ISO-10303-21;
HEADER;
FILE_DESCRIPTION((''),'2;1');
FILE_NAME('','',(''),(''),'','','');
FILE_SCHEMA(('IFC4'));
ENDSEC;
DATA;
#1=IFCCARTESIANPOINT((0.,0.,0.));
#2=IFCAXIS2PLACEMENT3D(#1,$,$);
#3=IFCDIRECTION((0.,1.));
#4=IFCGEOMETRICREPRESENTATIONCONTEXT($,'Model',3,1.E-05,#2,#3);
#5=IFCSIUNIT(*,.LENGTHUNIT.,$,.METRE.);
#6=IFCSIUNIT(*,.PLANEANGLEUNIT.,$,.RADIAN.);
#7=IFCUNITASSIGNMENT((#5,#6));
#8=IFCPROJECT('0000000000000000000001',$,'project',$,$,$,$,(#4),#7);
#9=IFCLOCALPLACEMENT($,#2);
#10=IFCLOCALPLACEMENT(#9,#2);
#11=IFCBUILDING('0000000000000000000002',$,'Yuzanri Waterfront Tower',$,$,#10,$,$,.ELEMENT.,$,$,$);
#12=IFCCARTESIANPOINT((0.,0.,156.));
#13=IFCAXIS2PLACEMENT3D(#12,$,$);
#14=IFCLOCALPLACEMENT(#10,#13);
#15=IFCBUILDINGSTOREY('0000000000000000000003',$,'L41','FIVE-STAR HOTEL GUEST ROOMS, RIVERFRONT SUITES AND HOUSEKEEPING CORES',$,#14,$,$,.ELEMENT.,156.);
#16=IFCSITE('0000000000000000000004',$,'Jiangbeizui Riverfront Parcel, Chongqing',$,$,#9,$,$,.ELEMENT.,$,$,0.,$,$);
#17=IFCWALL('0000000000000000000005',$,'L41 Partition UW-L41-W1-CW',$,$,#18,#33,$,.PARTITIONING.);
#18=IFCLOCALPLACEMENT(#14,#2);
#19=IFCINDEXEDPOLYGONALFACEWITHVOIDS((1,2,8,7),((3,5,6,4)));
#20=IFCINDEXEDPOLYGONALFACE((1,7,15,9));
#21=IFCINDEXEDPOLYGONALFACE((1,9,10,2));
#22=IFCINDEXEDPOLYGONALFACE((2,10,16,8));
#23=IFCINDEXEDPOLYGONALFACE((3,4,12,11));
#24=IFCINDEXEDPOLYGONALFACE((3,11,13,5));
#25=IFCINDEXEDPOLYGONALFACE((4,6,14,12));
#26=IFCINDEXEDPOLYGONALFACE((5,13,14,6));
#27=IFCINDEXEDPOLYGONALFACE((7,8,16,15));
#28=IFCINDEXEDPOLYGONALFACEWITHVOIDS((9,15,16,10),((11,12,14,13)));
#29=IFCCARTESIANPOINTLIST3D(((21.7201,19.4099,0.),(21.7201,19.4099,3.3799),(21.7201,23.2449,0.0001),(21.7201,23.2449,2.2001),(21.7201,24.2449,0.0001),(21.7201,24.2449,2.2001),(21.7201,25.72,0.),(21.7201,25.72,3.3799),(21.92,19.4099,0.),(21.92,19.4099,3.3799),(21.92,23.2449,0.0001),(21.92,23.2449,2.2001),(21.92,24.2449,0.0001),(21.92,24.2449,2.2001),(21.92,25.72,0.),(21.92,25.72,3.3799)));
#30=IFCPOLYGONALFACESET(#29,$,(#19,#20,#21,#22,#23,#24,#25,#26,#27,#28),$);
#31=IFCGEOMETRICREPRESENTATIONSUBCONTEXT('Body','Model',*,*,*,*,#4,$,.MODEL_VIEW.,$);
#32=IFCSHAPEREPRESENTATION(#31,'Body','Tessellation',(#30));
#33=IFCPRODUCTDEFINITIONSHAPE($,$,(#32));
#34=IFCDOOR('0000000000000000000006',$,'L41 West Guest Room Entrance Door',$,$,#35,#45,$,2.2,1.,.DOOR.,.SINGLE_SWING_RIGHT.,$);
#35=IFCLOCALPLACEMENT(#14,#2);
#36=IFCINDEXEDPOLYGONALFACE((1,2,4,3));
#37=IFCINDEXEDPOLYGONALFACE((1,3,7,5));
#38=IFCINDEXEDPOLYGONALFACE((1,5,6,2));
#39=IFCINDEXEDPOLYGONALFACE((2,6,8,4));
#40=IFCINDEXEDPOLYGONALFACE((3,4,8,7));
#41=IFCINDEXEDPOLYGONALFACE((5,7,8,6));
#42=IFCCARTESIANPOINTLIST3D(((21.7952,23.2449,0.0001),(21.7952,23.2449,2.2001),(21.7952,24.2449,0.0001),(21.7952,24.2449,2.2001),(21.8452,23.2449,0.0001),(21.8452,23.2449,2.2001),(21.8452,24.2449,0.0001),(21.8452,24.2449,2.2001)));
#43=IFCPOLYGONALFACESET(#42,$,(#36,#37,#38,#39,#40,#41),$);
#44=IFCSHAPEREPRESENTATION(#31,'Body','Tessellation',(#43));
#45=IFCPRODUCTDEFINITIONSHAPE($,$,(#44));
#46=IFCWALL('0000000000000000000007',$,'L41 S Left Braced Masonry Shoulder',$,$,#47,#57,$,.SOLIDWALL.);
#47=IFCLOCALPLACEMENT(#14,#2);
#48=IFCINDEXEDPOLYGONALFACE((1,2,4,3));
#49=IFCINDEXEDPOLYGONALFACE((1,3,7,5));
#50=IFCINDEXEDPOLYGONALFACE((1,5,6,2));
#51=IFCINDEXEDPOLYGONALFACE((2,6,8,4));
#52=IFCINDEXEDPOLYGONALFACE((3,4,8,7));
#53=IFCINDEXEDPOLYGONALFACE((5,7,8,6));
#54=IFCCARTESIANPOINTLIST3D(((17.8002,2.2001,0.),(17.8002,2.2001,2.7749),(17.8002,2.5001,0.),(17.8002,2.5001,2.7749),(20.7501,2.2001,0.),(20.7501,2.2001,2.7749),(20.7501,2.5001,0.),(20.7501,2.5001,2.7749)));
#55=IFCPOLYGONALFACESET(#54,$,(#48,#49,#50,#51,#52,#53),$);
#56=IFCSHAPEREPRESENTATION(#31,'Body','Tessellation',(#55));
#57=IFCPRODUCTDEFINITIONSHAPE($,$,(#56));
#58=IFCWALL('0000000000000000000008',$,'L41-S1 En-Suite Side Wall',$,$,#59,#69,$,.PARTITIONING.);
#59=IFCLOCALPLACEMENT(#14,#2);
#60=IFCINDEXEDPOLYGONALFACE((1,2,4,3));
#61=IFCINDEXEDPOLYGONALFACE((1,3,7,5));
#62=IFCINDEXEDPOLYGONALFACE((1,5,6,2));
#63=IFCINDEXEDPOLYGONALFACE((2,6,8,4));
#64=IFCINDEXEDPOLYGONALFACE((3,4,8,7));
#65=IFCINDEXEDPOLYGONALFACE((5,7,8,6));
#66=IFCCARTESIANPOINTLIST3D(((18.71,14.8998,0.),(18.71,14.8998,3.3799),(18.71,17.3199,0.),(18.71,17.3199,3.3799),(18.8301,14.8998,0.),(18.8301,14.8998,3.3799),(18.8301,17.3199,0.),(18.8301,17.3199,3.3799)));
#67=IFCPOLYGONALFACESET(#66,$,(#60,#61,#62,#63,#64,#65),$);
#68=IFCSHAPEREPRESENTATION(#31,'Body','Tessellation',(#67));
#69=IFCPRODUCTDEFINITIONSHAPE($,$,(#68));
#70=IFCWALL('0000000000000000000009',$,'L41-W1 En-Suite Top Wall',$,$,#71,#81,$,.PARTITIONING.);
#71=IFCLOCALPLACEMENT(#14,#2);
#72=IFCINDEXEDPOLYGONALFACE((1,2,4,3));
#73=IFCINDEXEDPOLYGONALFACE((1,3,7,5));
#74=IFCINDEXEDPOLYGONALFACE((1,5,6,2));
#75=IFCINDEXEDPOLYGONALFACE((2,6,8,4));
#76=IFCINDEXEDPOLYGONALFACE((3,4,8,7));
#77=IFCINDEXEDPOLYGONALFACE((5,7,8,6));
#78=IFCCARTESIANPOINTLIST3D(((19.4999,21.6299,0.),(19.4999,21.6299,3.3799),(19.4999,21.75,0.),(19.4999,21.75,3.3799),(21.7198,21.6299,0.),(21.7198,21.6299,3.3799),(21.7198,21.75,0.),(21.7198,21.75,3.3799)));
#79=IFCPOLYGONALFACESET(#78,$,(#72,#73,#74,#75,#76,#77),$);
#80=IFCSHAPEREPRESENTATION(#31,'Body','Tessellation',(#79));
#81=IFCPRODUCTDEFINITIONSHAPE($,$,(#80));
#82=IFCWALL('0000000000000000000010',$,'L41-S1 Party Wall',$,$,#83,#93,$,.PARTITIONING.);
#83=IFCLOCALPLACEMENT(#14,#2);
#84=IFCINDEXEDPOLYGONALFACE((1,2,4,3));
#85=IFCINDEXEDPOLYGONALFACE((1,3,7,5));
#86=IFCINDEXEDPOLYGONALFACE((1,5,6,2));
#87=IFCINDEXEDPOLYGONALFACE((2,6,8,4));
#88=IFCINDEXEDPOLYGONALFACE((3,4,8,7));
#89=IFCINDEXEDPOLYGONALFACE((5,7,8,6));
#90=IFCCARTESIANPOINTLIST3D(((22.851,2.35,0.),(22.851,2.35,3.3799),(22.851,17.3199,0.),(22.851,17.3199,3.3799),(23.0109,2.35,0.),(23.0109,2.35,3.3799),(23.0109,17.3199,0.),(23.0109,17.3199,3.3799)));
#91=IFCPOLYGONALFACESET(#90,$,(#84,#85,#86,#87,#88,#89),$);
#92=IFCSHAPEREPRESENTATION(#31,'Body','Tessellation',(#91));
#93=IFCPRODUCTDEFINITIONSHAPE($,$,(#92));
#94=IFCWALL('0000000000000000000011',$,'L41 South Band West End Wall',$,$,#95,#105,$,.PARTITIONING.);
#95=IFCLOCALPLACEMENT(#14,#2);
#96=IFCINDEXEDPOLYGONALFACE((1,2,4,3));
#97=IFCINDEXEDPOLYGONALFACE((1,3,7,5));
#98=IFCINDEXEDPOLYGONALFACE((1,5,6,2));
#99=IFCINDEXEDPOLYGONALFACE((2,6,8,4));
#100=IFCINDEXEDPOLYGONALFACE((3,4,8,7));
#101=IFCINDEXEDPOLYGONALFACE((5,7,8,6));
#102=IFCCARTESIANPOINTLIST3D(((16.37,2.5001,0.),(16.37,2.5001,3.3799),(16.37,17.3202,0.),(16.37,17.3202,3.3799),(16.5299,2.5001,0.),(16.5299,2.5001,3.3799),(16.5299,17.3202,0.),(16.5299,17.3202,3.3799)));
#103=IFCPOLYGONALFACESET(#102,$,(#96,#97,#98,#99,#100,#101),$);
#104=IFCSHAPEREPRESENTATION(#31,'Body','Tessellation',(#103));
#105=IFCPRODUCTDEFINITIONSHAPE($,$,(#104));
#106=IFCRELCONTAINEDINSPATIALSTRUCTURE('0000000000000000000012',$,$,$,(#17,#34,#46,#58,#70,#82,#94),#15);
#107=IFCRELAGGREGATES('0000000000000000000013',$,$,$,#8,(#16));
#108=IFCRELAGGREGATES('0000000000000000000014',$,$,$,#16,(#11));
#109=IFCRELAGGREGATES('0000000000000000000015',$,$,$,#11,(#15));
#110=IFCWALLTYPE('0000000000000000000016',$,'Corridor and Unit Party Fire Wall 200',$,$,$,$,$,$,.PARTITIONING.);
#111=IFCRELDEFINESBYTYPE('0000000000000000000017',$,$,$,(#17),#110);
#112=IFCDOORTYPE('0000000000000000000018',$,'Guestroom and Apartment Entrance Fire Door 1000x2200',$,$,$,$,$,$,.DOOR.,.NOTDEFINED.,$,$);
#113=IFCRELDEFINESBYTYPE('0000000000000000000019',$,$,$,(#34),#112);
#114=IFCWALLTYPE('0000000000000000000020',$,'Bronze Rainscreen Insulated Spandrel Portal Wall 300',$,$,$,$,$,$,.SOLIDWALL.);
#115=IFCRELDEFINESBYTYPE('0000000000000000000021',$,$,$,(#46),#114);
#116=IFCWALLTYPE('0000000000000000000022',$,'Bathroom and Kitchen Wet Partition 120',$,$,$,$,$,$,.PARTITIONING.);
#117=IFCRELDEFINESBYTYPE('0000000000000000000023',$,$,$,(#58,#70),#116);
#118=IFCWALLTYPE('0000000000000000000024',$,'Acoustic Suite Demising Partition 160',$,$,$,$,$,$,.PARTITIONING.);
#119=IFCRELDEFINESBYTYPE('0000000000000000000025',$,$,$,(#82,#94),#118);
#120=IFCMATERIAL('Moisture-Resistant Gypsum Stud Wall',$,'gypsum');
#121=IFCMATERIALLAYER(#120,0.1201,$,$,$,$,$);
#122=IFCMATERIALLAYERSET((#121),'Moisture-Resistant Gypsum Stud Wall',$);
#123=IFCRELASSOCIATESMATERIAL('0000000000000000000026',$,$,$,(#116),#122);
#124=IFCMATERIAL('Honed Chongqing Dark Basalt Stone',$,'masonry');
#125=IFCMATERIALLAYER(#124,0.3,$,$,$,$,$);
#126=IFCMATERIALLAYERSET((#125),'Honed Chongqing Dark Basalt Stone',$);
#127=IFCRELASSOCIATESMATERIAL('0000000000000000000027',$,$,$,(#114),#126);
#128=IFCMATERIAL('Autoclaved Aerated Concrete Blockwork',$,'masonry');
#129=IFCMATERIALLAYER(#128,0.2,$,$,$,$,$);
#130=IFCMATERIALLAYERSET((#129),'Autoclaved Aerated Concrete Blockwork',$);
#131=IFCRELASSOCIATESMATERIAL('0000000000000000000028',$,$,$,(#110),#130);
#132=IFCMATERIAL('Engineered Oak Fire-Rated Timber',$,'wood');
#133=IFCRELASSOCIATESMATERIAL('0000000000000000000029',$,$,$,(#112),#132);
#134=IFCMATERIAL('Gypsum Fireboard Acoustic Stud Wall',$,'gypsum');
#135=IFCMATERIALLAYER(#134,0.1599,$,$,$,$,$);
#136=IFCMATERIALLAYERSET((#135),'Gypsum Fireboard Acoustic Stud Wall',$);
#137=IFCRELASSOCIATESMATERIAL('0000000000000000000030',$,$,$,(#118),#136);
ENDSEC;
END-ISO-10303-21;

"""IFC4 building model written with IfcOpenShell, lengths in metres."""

from ifc_helpers import new_model, si_unit, direction, frame, frame_2d, origin, place, context, subcontext, project, spatial, rectangle, extrude, source, transform, mapped, material, layer, layer_set, type_object, element, fill, save


model = new_model("IFC4")

# Units and contexts
model_context = context("Model", 3, precision=1e-05, world=origin(), true_north=direction((0.0, 1.0)))
body_context = subcontext(model_context, "Body", "Model", "MODEL_VIEW")
ifc_project = project(units=[si_unit("LENGTHUNIT", "METRE"), si_unit("PLANEANGLEUNIT", "RADIAN")], contexts=[model_context])

# Site, building, storey
site_placement = place(None, origin())
site = spatial("IfcSite", under=ifc_project, at=site_placement, Name="Jiangbeizui Riverfront Parcel, Chongqing", CompositionType="ELEMENT", RefElevation=0.0)
building_placement = place(site_placement, origin())
building = spatial("IfcBuilding", under=site, at=building_placement, Name="Yuzanri Waterfront Tower", CompositionType="ELEMENT")
storey_placement = place(building_placement, frame((0.0, 0.0, 156.0)))
storey = spatial("IfcBuildingStorey", under=building, at=storey_placement, Name="L41", Description="FIVE-STAR HOTEL GUEST ROOMS, RIVERFRONT SUITES AND HOUSEKEEPING CORES", CompositionType="ELEMENT", Elevation=156.0)

# Shared definitions
ifc_material_1 = material(Name="Moisture-Resistant Gypsum Stud Wall", Category="gypsum")
ifc_layer_1 = layer(ifc_material_1, 0.1201)
ifc_layer_set_1 = layer_set([ifc_layer_1], Name="Moisture-Resistant Gypsum Stud Wall")
wall_type_1 = type_object("IfcWallType", Name="Bathroom and Kitchen Wet Partition 120", PredefinedType="PARTITIONING", material=ifc_layer_set_1)

# Shared definitions
ifc_material_2 = material(Name="Honed Chongqing Dark Basalt Stone", Category="masonry")
ifc_layer_2 = layer(ifc_material_2, 0.3)
ifc_layer_set_2 = layer_set([ifc_layer_2], Name="Honed Chongqing Dark Basalt Stone")
wall_type_2 = type_object("IfcWallType", Name="Bronze Rainscreen Insulated Spandrel Portal Wall 300", PredefinedType="SOLIDWALL", material=ifc_layer_set_2)

# Wall, opening, door
ifc_material_3 = material(Name="Autoclaved Aerated Concrete Blockwork", Category="masonry")
ifc_layer_3 = layer(ifc_material_3, 0.2)
ifc_layer_set_3 = layer_set([ifc_layer_3], Name="Autoclaved Aerated Concrete Blockwork")
wall_type_3 = type_object("IfcWallType", Name="Corridor and Unit Party Fire Wall 200", PredefinedType="PARTITIONING", material=ifc_layer_set_3)
ifc_material_4 = material(Name="Engineered Oak Fire-Rated Timber", Category="wood")
door_type_1 = type_object("IfcDoorType", Name="Guestroom and Apartment Entrance Fire Door 1000x2200", OperationType="NOTDEFINED", PredefinedType="DOOR", material=ifc_material_4)
shared_shape_1 = source(origin(), body_context, "Body", "SweptSolid", [
    extrude(rectangle(XDim=1.0, YDim=2.2, at=frame_2d((0.5, 1.1001))), frame((0.0, 0.0249, 0.0), z_axis=(0.0, -1.0, 0.0), x_axis=(1.0, 0.0, 0.0)), (0.0, 0.0, 1.0), 0.05),
])
wall_1_placement = place(storey_placement, frame((21.8201, 19.4099, 0.0), z_axis=(0.0, 0.0, 1.0), x_axis=(0.0, 1.0, 0.0)))
wall_1 = element("IfcWall", 1, at=wall_1_placement, inside=storey, type_object=wall_type_3, Name="L41 Partition UW-L41-W1-CW", PredefinedType="PARTITIONING", context=body_context, shape_type="SweptSolid", body=[
    extrude(rectangle(XDim=6.3101, YDim=0.2, at=frame_2d((3.155, 0.0))), origin(), (0.0, 0.0, 1.0), 3.3799),
])
opening_1_placement = place(wall_1_placement, frame((3.835, 0.0, 0.0)))
opening_1 = element("IfcOpeningElement", 2, at=opening_1_placement, cuts=wall_1, PredefinedType="OPENING", context=body_context, shape_type="SweptSolid", body=[
    extrude(rectangle(XDim=1.0, YDim=2.2, at=frame_2d((0.5, 1.1001))), frame((0.0, 0.1147, 0.0), z_axis=(0.0, -1.0, 0.0), x_axis=(1.0, 0.0, 0.0)), (0.0, 0.0, 1.0), 0.2297),
])
door_1_placement = place(opening_1_placement, origin())
door_1 = element("IfcDoor", 3, at=door_1_placement, inside=storey, type_object=door_type_1, Name="L41 West Guest Room Entrance Door", OperationType="SINGLE_SWING_RIGHT", OverallHeight=2.2, OverallWidth=1.0, PredefinedType="DOOR", context=body_context, shape_type="MappedRepresentation", body=[
    mapped(shared_shape_1, transform((0.0, 0.0, 0.0), scale=1.0)),
])
fill(opening_1, door_1)

# Walls
shared_shape_2 = source(origin(), body_context, "Body", "SweptSolid", [
    extrude(rectangle(XDim=2.95, YDim=0.3, at=frame_2d((1.4751, 0.0))), origin(), (0.0, 0.0, 1.0), 2.7749),
])
wall_2_placement = place(storey_placement, frame((17.8, 2.3501, 0.0), z_axis=(0.0, 0.0, 1.0), x_axis=(1.0, 0.0, 0.0)))
element("IfcWall", 4, at=wall_2_placement, inside=storey, type_object=wall_type_2, Name="L41 S Left Braced Masonry Shoulder", PredefinedType="SOLIDWALL", context=body_context, shape_type="MappedRepresentation", body=[
    mapped(shared_shape_2, transform((0.0, 0.0, 0.0), scale=1.0)),
])
shared_shape_3 = source(origin(), body_context, "Body", "SweptSolid", [
    extrude(rectangle(XDim=2.4202, YDim=0.1201, at=frame_2d((1.21, 0.0))), origin(), (0.0, 0.0, 1.0), 3.3799),
])
wall_3_placement = place(storey_placement, frame((18.77, 14.8999, 0.0), z_axis=(0.0, 0.0, 1.0), x_axis=(0.0, 1.0, 0.0)))
element("IfcWall", 5, at=wall_3_placement, inside=storey, type_object=wall_type_1, Name="L41-S1 En-Suite Side Wall", PredefinedType="PARTITIONING", context=body_context, shape_type="MappedRepresentation", body=[
    mapped(shared_shape_3, transform((0.0, 0.0, 0.0), scale=1.0)),
])
shared_shape_4 = source(origin(), body_context, "Body", "SweptSolid", [
    extrude(rectangle(XDim=2.22, YDim=0.1201, at=frame_2d((1.1099, 0.0))), origin(), (0.0, 0.0, 1.0), 3.3799),
])
wall_4_placement = place(storey_placement, frame((19.5, 21.6899, 0.0), z_axis=(0.0, 0.0, 1.0), x_axis=(1.0, 0.0, 0.0)))
element("IfcWall", 6, at=wall_4_placement, inside=storey, type_object=wall_type_1, Name="L41-W1 En-Suite Top Wall", PredefinedType="PARTITIONING", context=body_context, shape_type="MappedRepresentation", body=[
    mapped(shared_shape_4, transform((0.0, 0.0, 0.0), scale=1.0)),
])
ifc_material_5 = material(Name="Gypsum Fireboard Acoustic Stud Wall", Category="gypsum")
ifc_layer_4 = layer(ifc_material_5, 0.1599)
ifc_layer_set_4 = layer_set([ifc_layer_4], Name="Gypsum Fireboard Acoustic Stud Wall")
wall_type_4 = type_object("IfcWallType", Name="Acoustic Suite Demising Partition 160", PredefinedType="PARTITIONING", material=ifc_layer_set_4)
shared_shape_5 = source(origin(), body_context, "Body", "SweptSolid", [
    extrude(rectangle(XDim=14.97, YDim=0.1599, at=frame_2d((7.4849, 0.0))), origin(), (0.0, 0.0, 1.0), 3.3799),
])
wall_5_placement = place(storey_placement, frame((22.9309, 2.3501, 0.0), z_axis=(0.0, 0.0, 1.0), x_axis=(0.0, 1.0, 0.0)))
element("IfcWall", 7, at=wall_5_placement, inside=storey, type_object=wall_type_4, Name="L41-S1 Party Wall", PredefinedType="PARTITIONING", context=body_context, shape_type="MappedRepresentation", body=[
    mapped(shared_shape_5, transform((0.0, 0.0, 0.0), scale=1.0)),
])
shared_shape_6 = source(origin(), body_context, "Body", "SweptSolid", [
    extrude(rectangle(XDim=14.8201, YDim=0.1599, at=frame_2d((7.4102, 0.0))), origin(), (0.0, 0.0, 1.0), 3.3799),
])
wall_6_placement = place(storey_placement, frame((16.45, 2.5, 0.0), z_axis=(0.0, 0.0, 1.0), x_axis=(0.0, 1.0, 0.0)))
element("IfcWall", 8, at=wall_6_placement, inside=storey, type_object=wall_type_4, Name="L41 South Band West End Wall", PredefinedType="PARTITIONING", context=body_context, shape_type="MappedRepresentation", body=[
    mapped(shared_shape_6, transform((0.0, 0.0, 0.0), scale=1.0)),
])

save(model, "model.ifc")
